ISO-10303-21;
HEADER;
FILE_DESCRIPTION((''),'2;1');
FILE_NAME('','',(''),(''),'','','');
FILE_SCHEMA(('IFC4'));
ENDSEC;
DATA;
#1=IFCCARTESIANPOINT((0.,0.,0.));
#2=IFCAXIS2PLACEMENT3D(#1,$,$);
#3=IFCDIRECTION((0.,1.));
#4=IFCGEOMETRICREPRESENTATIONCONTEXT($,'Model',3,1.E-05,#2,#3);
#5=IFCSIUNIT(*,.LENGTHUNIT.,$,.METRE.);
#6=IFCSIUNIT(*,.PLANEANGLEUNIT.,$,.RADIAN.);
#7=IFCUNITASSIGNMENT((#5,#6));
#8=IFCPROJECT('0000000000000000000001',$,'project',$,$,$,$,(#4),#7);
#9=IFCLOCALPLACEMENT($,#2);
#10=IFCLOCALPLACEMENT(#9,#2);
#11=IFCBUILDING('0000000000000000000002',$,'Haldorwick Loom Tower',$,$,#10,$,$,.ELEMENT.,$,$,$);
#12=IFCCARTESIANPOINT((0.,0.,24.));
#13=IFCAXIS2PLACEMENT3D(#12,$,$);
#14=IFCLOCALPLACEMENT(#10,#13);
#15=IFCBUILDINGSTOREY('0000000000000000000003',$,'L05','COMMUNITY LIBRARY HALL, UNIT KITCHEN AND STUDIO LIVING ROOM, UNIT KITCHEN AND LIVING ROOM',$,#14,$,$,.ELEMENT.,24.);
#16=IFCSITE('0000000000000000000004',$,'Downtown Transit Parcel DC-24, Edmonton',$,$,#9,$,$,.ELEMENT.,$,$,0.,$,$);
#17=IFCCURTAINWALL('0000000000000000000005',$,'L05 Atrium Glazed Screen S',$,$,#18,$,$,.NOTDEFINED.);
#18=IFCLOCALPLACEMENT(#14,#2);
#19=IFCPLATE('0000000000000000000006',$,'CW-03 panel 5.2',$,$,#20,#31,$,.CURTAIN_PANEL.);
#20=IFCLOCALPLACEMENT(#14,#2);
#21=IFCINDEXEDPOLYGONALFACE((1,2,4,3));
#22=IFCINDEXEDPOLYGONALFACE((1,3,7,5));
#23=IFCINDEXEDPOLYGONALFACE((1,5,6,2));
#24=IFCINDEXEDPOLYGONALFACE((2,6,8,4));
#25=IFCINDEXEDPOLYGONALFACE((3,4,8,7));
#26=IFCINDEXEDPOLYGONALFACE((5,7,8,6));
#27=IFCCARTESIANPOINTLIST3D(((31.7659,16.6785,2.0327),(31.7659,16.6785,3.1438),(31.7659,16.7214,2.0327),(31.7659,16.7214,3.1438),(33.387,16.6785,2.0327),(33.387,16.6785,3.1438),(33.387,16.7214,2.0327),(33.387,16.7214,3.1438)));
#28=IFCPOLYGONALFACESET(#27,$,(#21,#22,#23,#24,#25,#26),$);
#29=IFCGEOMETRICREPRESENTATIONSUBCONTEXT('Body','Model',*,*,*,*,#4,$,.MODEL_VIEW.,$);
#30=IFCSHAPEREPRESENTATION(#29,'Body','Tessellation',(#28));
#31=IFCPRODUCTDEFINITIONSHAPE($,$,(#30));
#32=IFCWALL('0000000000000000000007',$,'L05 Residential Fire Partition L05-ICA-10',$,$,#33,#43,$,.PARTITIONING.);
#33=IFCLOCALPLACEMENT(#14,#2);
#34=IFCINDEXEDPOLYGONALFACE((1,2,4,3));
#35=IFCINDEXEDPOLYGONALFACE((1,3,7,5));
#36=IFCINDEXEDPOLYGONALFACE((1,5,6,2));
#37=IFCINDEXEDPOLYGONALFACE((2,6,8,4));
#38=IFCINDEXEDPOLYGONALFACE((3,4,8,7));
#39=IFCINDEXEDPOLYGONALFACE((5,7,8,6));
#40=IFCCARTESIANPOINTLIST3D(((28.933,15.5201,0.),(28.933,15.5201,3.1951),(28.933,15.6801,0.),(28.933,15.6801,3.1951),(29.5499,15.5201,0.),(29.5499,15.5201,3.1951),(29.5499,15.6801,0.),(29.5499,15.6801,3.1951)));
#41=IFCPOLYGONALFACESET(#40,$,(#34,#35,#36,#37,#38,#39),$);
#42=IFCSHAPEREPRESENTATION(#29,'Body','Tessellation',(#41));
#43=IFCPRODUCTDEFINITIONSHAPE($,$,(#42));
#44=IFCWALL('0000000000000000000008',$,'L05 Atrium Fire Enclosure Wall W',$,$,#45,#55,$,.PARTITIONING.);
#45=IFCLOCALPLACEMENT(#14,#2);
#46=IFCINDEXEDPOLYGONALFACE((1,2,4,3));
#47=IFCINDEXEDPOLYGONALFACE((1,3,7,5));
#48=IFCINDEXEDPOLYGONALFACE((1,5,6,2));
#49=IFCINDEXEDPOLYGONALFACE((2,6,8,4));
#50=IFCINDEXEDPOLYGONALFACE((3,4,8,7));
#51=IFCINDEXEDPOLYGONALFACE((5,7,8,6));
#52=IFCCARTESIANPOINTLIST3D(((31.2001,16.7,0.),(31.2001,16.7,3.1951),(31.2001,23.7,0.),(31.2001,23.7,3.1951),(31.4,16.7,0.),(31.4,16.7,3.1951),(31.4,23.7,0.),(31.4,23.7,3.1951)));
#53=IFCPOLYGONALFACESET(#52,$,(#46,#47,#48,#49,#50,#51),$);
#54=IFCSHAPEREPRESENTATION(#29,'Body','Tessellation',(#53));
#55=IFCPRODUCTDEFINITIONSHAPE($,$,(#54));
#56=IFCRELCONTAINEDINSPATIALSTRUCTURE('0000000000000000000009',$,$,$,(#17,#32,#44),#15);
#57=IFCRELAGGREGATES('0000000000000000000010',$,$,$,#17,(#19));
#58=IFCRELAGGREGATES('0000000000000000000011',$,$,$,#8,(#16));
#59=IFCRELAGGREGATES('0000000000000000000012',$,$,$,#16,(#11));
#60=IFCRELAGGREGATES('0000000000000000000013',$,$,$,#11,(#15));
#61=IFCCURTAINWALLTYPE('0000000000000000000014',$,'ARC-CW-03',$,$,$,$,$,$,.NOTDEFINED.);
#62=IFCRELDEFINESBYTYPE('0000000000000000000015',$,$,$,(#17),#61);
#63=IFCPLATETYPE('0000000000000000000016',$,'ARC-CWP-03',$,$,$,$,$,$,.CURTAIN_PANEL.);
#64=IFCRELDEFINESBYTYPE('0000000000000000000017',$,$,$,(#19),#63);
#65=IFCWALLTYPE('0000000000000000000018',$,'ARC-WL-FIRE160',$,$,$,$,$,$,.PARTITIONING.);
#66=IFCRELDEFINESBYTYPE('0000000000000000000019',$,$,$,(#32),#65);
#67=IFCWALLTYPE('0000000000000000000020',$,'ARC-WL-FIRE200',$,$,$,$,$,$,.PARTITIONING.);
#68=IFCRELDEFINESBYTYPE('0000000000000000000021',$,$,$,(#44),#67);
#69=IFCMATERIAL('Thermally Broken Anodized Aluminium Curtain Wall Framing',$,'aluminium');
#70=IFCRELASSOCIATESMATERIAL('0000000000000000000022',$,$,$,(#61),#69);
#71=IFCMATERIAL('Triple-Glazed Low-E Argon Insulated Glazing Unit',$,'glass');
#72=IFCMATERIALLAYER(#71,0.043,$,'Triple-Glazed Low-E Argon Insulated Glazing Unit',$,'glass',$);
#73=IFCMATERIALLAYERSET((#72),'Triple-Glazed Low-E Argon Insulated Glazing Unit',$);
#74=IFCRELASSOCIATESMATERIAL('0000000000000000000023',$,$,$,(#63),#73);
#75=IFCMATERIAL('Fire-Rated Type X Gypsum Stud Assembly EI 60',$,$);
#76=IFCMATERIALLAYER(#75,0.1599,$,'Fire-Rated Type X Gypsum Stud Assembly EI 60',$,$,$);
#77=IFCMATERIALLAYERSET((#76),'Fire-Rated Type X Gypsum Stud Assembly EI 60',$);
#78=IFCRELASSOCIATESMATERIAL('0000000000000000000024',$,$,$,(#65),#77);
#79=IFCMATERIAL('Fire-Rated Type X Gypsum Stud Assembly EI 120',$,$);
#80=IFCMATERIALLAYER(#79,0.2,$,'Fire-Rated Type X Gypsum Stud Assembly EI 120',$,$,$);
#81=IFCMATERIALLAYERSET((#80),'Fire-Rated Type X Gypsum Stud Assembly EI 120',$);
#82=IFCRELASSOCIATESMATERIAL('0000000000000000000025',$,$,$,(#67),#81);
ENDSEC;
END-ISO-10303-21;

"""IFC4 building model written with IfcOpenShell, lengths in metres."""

from ifc_helpers import new_model, si_unit, direction, frame, frame_2d, origin, origin_2d, place, context, subcontext, project, spatial, rectangle, extrude, material, layer, layer_set, type_object, element, aggregate, save


model = new_model("IFC4")

# Units and contexts
model_context = context("Model", 3, precision=1e-05, world=origin(), true_north=direction((0.0, 1.0)))
body_context = subcontext(model_context, "Body", "Model", "MODEL_VIEW")
ifc_project = project(units=[si_unit("LENGTHUNIT", "METRE"), si_unit("PLANEANGLEUNIT", "RADIAN")], contexts=[model_context])

# Site, building, storey
site_placement = place(None, origin())
site = spatial("IfcSite", under=ifc_project, at=site_placement, Name="Downtown Transit Parcel DC-24, Edmonton", CompositionType="ELEMENT", RefElevation=0.0)
building_placement = place(site_placement, origin())
building = spatial("IfcBuilding", under=site, at=building_placement, Name="Haldorwick Loom Tower", CompositionType="ELEMENT")
storey_placement = place(building_placement, frame((0.0, 0.0, 24.0)))
storey = spatial("IfcBuildingStorey", under=building, at=storey_placement, Name="L05", Description="COMMUNITY LIBRARY HALL, UNIT KITCHEN AND STUDIO LIVING ROOM, UNIT KITCHEN AND LIVING ROOM", CompositionType="ELEMENT", Elevation=24.0)

# Curtain wall
ifc_material_1 = material(Name="Thermally Broken Anodized Aluminium Curtain Wall Framing", Category="aluminium")
curtain_wall_type = type_object("IfcCurtainWallType", Name="ARC-CW-03", PredefinedType="NOTDEFINED", material=ifc_material_1)
curtain_wall_1_placement = place(storey_placement, origin())
curtain_wall_1 = element("IfcCurtainWall", 1, at=curtain_wall_1_placement, inside=storey, type_object=curtain_wall_type, Name="L05 Atrium Glazed Screen S", PredefinedType="NOTDEFINED")

# Plate
ifc_material_2 = material(Name="Triple-Glazed Low-E Argon Insulated Glazing Unit", Category="glass")
ifc_layer_1 = layer(ifc_material_2, 0.043, Name="Triple-Glazed Low-E Argon Insulated Glazing Unit", Category="glass")
ifc_layer_set_1 = layer_set([ifc_layer_1], Name="Triple-Glazed Low-E Argon Insulated Glazing Unit")
plate_type = type_object("IfcPlateType", Name="ARC-CWP-03", PredefinedType="CURTAIN_PANEL", material=ifc_layer_set_1)
plate_1_placement = place(storey_placement, frame((32.5764, 16.7, 2.0327), z_axis=(0.0, 0.0, 1.0), x_axis=(-1.0, 0.0, 0.0)))
plate_1 = element("IfcPlate", 2, at=plate_1_placement, type_object=plate_type, Name="CW-03 panel 5.2", PredefinedType="CURTAIN_PANEL", context=body_context, shape_type="SweptSolid", body=[
    extrude(rectangle(XDim=1.6211, YDim=0.043, at=origin_2d()), origin(), (0.0, 0.0, 1.0), 1.1111),
])
aggregate(curtain_wall_1, [plate_1])

# Walls
ifc_material_3 = material(Name="Fire-Rated Type X Gypsum Stud Assembly EI 60")
ifc_layer_2 = layer(ifc_material_3, 0.1599, Name="Fire-Rated Type X Gypsum Stud Assembly EI 60")
ifc_layer_set_2 = layer_set([ifc_layer_2], Name="Fire-Rated Type X Gypsum Stud Assembly EI 60")
wall_type_1 = type_object("IfcWallType", Name="ARC-WL-FIRE160", PredefinedType="PARTITIONING", material=ifc_layer_set_2)
wall_1_placement = place(storey_placement, frame((29.55, 15.6001, 0.0), z_axis=(0.0, 0.0, 1.0), x_axis=(-1.0, 0.0, 0.0)))
element("IfcWall", 3, at=wall_1_placement, inside=storey, type_object=wall_type_1, Name="L05 Residential Fire Partition L05-ICA-10", PredefinedType="PARTITIONING", context=body_context, shape_type="SweptSolid", body=[
    extrude(rectangle(XDim=0.6169, YDim=0.1599, at=frame_2d((0.3086, 0.0))), origin(), (0.0, 0.0, 1.0), 3.1951),
])
ifc_material_4 = material(Name="Fire-Rated Type X Gypsum Stud Assembly EI 120")
ifc_layer_3 = layer(ifc_material_4, 0.2, Name="Fire-Rated Type X Gypsum Stud Assembly EI 120")
ifc_layer_set_3 = layer_set([ifc_layer_3], Name="Fire-Rated Type X Gypsum Stud Assembly EI 120")
wall_type_2 = type_object("IfcWallType", Name="ARC-WL-FIRE200", PredefinedType="PARTITIONING", material=ifc_layer_set_3)
wall_2_placement = place(storey_placement, frame((31.3, 16.7, 0.0), z_axis=(0.0, 0.0, 1.0), x_axis=(0.0, 1.0, 0.0)))
element("IfcWall", 4, at=wall_2_placement, inside=storey, type_object=wall_type_2, Name="L05 Atrium Fire Enclosure Wall W", PredefinedType="PARTITIONING", context=body_context, shape_type="SweptSolid", body=[
    extrude(rectangle(XDim=7.0, YDim=0.2, at=frame_2d((3.5, 0.0))), origin(), (0.0, 0.0, 1.0), 3.1951),
])

save(model, "model.ifc")
